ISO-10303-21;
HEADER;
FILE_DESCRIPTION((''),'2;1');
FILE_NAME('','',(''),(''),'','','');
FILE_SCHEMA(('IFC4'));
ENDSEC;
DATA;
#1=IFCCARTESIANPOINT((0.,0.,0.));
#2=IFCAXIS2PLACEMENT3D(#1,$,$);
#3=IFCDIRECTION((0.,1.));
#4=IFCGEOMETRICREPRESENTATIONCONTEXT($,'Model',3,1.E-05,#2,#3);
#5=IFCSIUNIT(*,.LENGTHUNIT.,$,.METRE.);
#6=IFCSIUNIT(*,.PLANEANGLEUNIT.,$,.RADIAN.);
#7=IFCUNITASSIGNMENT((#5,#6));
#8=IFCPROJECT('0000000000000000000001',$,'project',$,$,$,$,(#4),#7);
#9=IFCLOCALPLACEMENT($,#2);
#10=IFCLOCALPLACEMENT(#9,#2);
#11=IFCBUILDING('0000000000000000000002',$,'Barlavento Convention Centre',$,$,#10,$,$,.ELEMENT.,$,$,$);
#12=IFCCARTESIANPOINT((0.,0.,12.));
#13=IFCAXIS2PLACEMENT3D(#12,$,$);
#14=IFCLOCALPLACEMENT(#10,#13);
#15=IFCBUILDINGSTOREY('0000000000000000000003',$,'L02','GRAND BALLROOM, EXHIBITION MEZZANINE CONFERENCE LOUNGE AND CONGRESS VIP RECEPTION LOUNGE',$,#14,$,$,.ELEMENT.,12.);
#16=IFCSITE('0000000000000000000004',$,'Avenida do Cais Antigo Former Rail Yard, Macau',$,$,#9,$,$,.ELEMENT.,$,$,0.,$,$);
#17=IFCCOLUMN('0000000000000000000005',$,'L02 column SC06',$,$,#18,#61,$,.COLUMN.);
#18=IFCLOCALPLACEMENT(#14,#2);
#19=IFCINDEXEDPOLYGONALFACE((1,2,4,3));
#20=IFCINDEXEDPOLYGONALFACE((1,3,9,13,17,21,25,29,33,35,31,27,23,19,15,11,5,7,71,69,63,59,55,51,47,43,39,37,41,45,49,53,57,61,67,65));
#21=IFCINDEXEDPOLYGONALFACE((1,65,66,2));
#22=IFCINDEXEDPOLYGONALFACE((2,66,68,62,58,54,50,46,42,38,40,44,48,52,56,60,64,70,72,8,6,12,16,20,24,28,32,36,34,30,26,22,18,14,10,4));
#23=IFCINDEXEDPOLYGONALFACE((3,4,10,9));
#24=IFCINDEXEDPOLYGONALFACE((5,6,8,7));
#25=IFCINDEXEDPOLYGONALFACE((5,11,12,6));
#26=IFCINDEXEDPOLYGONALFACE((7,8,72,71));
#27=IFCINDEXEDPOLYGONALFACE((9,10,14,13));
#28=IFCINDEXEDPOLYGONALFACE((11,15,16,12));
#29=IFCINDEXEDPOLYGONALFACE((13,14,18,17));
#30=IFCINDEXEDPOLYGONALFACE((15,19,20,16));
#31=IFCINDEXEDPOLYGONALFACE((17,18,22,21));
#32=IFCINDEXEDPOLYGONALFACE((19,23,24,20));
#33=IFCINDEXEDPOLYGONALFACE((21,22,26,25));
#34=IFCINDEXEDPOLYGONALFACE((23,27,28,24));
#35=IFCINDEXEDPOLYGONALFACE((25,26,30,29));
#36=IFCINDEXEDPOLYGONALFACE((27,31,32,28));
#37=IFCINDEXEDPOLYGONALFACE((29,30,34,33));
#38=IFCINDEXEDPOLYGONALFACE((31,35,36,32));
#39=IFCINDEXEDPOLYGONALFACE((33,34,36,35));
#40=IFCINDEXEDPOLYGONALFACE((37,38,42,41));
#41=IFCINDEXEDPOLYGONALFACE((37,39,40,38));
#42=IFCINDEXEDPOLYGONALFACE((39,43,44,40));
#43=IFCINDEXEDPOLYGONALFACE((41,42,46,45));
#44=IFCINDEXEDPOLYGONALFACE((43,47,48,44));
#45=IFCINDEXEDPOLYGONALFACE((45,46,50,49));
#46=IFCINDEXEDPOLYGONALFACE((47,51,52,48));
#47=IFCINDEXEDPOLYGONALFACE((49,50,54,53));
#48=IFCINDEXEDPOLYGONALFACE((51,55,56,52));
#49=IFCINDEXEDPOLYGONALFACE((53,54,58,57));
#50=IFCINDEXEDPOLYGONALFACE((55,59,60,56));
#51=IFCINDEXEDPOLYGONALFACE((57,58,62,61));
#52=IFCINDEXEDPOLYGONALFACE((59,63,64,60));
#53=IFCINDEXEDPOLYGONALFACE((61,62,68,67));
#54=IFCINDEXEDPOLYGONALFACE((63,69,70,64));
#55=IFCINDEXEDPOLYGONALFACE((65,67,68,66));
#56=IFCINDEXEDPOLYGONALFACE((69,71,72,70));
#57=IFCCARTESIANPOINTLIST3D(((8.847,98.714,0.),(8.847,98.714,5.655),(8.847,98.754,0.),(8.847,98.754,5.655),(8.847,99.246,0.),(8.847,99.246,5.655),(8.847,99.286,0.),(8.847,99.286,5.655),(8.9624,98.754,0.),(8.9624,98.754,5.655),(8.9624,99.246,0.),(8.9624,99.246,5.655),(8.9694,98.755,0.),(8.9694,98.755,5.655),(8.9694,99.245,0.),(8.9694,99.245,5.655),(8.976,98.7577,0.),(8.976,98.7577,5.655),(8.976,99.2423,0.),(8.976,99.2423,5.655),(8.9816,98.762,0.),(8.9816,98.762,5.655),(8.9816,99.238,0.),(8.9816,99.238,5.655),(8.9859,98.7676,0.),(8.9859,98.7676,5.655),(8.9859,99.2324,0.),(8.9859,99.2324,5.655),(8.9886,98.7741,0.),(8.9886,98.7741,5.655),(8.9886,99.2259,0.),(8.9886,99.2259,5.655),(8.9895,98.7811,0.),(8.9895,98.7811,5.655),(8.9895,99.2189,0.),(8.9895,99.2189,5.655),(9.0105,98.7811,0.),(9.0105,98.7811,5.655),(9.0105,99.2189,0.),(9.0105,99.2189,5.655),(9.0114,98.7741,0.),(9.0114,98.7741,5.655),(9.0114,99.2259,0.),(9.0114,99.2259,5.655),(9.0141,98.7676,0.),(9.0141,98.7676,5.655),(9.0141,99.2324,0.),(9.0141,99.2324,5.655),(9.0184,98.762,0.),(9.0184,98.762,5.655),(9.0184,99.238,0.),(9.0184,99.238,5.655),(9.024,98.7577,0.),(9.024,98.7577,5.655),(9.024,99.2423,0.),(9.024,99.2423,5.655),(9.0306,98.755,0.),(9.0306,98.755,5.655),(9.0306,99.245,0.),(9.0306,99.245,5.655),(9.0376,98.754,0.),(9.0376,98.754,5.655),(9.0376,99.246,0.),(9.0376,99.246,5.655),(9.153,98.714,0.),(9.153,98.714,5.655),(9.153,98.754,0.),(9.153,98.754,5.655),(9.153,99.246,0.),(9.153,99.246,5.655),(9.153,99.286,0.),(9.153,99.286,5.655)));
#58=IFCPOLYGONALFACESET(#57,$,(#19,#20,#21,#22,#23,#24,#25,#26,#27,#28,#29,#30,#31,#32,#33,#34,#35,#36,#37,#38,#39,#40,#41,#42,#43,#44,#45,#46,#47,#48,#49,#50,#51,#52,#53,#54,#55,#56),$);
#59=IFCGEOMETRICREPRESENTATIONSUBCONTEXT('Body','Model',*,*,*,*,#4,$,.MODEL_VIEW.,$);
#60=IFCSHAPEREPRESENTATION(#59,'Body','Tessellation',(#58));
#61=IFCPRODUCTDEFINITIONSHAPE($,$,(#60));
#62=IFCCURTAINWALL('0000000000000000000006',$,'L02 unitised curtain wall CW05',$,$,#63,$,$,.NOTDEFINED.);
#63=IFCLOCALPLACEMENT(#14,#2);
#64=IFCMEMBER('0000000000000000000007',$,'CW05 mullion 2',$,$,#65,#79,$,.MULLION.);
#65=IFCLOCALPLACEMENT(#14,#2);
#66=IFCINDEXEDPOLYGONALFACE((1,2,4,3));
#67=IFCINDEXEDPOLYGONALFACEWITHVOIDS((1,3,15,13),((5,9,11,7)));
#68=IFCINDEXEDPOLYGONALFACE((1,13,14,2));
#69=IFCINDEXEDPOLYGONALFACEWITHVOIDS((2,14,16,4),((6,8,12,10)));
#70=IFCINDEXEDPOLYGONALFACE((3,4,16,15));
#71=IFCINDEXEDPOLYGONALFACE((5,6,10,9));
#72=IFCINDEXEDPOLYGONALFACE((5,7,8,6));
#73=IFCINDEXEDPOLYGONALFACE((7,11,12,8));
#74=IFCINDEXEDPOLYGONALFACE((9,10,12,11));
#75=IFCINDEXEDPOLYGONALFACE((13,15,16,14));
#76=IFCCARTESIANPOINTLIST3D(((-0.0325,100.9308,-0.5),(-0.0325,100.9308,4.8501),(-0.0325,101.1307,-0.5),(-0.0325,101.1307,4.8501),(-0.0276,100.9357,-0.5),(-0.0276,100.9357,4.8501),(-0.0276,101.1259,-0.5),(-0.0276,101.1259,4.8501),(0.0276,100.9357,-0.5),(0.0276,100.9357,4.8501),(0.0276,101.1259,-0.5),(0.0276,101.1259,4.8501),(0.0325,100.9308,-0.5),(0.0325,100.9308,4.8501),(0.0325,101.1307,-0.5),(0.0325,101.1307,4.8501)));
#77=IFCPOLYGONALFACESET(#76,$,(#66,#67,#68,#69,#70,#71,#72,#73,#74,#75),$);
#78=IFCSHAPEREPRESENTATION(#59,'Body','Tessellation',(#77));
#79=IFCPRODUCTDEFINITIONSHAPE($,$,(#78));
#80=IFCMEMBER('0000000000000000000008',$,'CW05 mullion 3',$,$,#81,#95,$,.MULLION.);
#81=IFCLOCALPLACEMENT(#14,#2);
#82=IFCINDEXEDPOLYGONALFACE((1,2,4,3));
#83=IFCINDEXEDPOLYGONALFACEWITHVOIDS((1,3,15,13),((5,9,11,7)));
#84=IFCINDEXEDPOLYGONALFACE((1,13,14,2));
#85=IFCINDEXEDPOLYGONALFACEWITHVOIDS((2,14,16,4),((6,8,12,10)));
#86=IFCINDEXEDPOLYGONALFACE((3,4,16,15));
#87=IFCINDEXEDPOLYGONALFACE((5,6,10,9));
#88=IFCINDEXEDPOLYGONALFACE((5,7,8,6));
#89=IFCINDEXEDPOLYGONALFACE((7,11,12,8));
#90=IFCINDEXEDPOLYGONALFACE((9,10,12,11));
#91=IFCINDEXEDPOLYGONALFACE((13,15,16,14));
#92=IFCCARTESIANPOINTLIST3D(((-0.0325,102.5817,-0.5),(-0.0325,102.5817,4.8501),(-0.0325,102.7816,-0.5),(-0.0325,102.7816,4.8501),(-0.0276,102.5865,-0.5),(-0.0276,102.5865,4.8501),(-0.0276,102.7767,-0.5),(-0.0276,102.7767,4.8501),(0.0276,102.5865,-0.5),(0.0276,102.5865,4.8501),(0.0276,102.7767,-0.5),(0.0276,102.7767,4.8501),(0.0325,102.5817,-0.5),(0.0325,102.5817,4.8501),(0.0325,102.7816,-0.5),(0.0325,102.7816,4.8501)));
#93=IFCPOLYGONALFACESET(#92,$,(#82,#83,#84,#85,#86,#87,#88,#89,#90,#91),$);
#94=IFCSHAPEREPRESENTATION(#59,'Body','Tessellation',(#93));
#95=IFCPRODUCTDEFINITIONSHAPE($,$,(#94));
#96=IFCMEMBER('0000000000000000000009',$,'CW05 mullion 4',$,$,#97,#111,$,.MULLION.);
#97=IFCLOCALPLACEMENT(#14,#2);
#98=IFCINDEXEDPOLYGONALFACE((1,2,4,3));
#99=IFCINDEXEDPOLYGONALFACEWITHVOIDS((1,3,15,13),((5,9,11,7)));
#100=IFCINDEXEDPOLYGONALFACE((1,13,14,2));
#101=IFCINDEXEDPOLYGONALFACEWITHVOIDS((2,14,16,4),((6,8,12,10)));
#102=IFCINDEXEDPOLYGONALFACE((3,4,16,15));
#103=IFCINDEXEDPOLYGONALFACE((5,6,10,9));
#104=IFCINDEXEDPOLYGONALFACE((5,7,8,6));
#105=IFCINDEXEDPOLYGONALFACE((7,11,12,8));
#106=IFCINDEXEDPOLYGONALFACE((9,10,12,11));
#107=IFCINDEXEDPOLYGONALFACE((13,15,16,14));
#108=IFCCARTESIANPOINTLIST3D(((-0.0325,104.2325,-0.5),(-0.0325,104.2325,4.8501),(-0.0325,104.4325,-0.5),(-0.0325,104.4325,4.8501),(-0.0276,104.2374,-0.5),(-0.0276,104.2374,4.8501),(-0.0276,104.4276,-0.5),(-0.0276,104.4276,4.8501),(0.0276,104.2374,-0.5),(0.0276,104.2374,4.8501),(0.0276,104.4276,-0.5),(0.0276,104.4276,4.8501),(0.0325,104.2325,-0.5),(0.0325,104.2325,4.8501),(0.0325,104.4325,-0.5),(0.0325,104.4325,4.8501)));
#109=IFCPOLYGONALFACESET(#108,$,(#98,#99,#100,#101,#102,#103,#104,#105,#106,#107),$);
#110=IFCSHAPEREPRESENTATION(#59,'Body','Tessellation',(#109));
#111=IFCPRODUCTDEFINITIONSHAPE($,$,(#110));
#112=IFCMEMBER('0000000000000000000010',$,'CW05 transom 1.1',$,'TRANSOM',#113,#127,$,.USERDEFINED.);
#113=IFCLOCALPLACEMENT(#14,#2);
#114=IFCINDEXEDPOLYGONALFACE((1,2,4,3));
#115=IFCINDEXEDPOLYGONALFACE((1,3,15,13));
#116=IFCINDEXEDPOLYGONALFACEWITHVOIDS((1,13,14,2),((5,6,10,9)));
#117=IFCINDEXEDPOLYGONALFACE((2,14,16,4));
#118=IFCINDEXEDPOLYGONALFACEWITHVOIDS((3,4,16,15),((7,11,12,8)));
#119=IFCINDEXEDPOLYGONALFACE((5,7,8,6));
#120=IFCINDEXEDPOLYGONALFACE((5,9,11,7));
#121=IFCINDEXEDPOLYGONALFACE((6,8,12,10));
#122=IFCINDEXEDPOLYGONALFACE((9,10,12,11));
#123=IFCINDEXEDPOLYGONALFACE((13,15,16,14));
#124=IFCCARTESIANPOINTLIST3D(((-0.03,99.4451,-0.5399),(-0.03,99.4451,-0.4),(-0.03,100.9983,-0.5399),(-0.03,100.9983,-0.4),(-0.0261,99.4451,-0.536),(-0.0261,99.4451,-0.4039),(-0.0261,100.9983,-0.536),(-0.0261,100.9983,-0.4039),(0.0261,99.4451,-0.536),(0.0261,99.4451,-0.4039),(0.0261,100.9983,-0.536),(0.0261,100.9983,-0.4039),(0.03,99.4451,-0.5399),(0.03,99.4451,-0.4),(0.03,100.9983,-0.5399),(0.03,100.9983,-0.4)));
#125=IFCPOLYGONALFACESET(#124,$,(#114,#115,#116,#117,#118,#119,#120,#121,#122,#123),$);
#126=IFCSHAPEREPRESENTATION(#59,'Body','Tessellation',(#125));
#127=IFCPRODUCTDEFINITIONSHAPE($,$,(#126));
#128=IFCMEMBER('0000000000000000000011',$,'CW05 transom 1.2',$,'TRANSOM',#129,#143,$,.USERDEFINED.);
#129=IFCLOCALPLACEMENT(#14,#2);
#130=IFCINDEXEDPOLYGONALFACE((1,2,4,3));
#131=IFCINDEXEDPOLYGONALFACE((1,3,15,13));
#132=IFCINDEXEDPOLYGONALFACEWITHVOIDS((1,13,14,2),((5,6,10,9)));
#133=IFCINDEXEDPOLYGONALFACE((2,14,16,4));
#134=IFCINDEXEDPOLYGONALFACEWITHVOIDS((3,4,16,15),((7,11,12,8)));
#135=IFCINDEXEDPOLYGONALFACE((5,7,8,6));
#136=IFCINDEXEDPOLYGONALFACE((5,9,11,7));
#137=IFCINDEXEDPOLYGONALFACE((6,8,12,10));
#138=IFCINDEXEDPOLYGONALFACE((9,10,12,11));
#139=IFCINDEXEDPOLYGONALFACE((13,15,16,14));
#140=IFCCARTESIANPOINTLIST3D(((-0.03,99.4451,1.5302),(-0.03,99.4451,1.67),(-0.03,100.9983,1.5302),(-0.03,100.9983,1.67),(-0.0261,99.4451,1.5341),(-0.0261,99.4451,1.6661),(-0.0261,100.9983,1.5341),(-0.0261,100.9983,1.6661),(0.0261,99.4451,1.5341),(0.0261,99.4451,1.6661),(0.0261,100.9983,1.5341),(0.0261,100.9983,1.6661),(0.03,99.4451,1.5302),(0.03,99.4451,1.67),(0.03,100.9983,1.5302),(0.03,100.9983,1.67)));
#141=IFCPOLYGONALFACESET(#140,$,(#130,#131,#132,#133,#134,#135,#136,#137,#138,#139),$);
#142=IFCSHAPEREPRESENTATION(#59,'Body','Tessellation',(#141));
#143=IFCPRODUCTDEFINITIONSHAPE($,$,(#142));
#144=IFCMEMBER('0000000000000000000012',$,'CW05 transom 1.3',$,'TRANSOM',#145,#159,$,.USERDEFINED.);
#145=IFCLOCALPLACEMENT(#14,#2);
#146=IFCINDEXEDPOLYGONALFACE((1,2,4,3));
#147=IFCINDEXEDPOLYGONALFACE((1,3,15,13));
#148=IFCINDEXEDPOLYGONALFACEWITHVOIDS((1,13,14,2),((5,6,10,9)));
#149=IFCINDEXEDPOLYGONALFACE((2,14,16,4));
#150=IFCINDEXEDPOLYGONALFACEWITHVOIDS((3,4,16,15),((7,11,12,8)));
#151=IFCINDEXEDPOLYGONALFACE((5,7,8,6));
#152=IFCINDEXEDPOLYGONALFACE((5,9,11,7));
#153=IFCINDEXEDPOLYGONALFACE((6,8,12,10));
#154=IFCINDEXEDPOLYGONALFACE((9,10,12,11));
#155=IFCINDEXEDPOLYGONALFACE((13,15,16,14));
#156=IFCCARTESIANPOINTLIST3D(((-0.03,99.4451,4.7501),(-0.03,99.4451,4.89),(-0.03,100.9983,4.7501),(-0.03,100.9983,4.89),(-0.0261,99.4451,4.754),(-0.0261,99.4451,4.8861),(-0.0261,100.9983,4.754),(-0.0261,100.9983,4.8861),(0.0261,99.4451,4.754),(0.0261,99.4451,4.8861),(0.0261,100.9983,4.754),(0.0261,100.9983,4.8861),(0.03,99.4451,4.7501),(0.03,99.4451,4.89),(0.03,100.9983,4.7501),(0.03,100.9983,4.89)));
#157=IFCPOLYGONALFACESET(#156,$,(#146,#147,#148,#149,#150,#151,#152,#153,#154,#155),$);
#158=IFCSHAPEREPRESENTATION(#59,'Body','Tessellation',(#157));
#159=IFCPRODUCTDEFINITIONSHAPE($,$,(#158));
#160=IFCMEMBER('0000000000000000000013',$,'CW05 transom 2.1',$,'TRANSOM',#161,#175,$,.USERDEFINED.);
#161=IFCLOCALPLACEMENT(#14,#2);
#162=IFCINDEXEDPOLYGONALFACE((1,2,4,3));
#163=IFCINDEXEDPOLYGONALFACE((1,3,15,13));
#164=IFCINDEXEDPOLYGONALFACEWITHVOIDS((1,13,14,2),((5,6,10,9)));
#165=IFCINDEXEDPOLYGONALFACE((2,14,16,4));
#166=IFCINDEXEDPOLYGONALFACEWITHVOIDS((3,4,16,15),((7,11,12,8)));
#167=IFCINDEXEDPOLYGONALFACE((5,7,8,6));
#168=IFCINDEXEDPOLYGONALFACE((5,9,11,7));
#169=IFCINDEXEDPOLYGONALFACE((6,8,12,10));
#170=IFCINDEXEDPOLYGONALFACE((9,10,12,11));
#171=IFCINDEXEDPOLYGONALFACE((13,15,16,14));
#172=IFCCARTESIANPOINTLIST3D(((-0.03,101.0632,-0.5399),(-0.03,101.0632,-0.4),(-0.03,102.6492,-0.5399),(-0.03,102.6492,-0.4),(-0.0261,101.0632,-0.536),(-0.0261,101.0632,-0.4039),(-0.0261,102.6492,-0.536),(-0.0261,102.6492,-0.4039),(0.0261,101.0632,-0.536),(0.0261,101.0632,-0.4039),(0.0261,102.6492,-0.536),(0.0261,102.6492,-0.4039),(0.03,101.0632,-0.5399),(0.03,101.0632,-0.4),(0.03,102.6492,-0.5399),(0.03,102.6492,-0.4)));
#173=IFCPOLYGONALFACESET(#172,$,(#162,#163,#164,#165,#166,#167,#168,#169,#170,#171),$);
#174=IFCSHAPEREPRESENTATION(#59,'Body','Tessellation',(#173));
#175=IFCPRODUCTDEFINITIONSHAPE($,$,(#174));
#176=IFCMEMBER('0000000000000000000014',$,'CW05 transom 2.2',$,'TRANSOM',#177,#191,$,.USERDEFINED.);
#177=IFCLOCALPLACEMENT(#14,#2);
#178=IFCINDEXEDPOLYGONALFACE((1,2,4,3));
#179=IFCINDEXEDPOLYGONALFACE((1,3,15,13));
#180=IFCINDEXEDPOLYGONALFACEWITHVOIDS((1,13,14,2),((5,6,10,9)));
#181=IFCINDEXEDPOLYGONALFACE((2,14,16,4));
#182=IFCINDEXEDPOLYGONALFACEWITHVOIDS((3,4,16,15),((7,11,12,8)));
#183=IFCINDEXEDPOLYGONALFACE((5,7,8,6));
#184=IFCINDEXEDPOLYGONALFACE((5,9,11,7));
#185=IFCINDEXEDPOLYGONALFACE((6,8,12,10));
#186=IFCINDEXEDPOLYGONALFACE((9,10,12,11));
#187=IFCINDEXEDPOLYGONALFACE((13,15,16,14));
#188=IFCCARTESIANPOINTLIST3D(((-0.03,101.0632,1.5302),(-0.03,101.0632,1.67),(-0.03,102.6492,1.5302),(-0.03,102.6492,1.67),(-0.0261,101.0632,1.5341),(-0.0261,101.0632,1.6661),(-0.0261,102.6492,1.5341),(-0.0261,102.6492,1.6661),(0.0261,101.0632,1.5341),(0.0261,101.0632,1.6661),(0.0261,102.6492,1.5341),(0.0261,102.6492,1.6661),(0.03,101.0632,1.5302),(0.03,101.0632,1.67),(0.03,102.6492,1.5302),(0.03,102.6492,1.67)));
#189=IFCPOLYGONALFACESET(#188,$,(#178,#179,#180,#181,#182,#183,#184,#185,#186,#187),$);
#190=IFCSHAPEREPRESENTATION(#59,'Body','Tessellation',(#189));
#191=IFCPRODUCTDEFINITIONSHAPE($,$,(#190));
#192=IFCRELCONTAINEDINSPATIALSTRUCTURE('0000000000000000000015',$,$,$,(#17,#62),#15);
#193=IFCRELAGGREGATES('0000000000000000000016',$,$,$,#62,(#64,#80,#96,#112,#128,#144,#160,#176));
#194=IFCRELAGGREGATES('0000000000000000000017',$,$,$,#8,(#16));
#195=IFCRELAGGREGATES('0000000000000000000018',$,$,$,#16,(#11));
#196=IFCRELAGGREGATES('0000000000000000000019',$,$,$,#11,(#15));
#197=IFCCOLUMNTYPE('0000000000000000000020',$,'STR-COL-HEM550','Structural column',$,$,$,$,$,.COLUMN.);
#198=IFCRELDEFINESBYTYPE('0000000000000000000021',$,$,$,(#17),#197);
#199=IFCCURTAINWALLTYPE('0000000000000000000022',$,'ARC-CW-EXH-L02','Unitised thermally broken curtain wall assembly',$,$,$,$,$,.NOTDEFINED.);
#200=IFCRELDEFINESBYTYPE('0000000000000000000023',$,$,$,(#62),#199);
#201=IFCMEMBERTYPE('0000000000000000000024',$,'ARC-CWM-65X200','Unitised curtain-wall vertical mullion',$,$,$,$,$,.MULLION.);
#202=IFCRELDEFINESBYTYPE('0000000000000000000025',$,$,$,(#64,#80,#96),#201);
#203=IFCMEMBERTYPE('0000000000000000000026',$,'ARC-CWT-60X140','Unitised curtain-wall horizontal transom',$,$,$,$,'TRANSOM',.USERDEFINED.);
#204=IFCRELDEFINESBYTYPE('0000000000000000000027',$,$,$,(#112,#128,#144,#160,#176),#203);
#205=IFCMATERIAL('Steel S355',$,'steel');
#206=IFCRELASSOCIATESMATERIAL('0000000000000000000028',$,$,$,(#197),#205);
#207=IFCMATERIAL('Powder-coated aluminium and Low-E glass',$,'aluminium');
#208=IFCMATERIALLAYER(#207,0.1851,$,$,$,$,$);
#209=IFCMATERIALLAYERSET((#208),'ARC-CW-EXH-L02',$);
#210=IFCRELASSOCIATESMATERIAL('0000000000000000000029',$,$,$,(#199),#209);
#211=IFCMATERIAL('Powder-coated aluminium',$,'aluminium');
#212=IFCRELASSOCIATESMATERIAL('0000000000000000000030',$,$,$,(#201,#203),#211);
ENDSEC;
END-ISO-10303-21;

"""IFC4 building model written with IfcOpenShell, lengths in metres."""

from ifc_helpers import new_model, si_unit, direction, frame, origin, origin_2d, place, context, subcontext, project, spatial, hollow_rectangle, i_section, extrude, material, layer, layer_set, material_profile, profile_set, type_object, element, aggregate, save


model = new_model("IFC4")

# Units and contexts
model_context = context("Model", 3, precision=1e-05, world=origin(), true_north=direction((0.0, 1.0)))
body_context = subcontext(model_context, "Body", "Model", "MODEL_VIEW")
ifc_project = project(units=[si_unit("LENGTHUNIT", "METRE"), si_unit("PLANEANGLEUNIT", "RADIAN")], contexts=[model_context])

# Site, building, storey
site_placement = place(None, origin())
site = spatial("IfcSite", under=ifc_project, at=site_placement, Name="Avenida do Cais Antigo Former Rail Yard, Macau", CompositionType="ELEMENT", RefElevation=0.0)
building_placement = place(site_placement, origin())
building = spatial("IfcBuilding", under=site, at=building_placement, Name="Barlavento Convention Centre", CompositionType="ELEMENT")
storey_placement = place(building_placement, frame((0.0, 0.0, 12.0)))
storey = spatial("IfcBuildingStorey", under=building, at=storey_placement, Name="L02", Description="GRAND BALLROOM, EXHIBITION MEZZANINE CONFERENCE LOUNGE AND CONGRESS VIP RECEPTION LOUNGE", CompositionType="ELEMENT", Elevation=12.0)

# Column
ifc_material_1 = material(Name="Steel S355", Category="steel")
ifc_material_profile_1 = material_profile(ifc_material_1, i_section(OverallWidth=0.3059, OverallDepth=0.572, WebThickness=0.021, FlangeThickness=0.04, FilletRadius=0.0271, at=origin_2d()), Name="HEM 550")
ifc_profile_set_1 = profile_set([ifc_material_profile_1], Name="Steel S355")
column_type = type_object("IfcColumnType", Name="STR-COL-HEM550", Description="Structural column", PredefinedType="COLUMN", material=ifc_profile_set_1)
column_placement = place(storey_placement, frame((9.0, 99.0, 0.0), z_axis=(0.0, 0.0, 1.0), x_axis=(1.0, 0.0, 0.0)))
element("IfcColumn", 1, at=column_placement, inside=storey, type_object=column_type, Name="L02 column SC06", PredefinedType="COLUMN", context=body_context, shape_type="SweptSolid", body=[
    extrude(i_section(OverallWidth=0.3059, OverallDepth=0.572, WebThickness=0.021, FlangeThickness=0.04, FilletRadius=0.0271, at=origin_2d()), origin(), (0.0, 0.0, 1.0), 5.655),
])

# Curtain wall, members
ifc_material_2 = material(Name="Powder-coated aluminium and Low-E glass", Category="aluminium")
ifc_layer_1 = layer(ifc_material_2, 0.1851)
ifc_layer_set_1 = layer_set([ifc_layer_1], Name="ARC-CW-EXH-L02")
curtain_wall_type = type_object("IfcCurtainWallType", Name="ARC-CW-EXH-L02", Description="Unitised thermally broken curtain wall assembly", PredefinedType="NOTDEFINED", material=ifc_layer_set_1)
curtain_wall_placement = place(storey_placement, origin())
curtain_wall = element("IfcCurtainWall", 2, at=curtain_wall_placement, inside=storey, type_object=curtain_wall_type, Name="L02 unitised curtain wall CW05", PredefinedType="NOTDEFINED")
ifc_material_3 = material(Name="Powder-coated aluminium", Category="aluminium")
ifc_material_profile_2 = material_profile(ifc_material_3, hollow_rectangle(XDim=0.0649, YDim=0.2, WallThickness=0.0049, at=origin_2d()), Name="AL-MULL 65x200x5")
ifc_profile_set_2 = profile_set([ifc_material_profile_2], Name="Powder-coated aluminium")
member_type_1 = type_object("IfcMemberType", Name="ARC-CWM-65X200", Description="Unitised curtain-wall vertical mullion", PredefinedType="MULLION", material=ifc_profile_set_2)
member_1_placement = place(storey_placement, frame((0.0, 101.0308, -0.5), z_axis=(0.0, 0.0, 1.0), x_axis=(-1.0, 0.0, 0.0)))
member_1 = element("IfcMember", 3, at=member_1_placement, type_object=member_type_1, Name="CW05 mullion 2", PredefinedType="MULLION", context=body_context, shape_type="SweptSolid", body=[
    extrude(hollow_rectangle(XDim=0.0649, YDim=0.2, WallThickness=0.0049, at=origin_2d()), origin(), (0.0, 0.0, 1.0), 5.3501),
])
member_2_placement = place(storey_placement, frame((0.0, 102.6816, -0.5), z_axis=(0.0, 0.0, 1.0), x_axis=(-1.0, 0.0, 0.0)))
member_2 = element("IfcMember", 4, at=member_2_placement, type_object=member_type_1, Name="CW05 mullion 3", PredefinedType="MULLION", context=body_context, shape_type="SweptSolid", body=[
    extrude(hollow_rectangle(XDim=0.0649, YDim=0.2, WallThickness=0.0049, at=origin_2d()), origin(), (0.0, 0.0, 1.0), 5.3501),
])
member_3_placement = place(storey_placement, frame((0.0, 104.3325, -0.5), z_axis=(0.0, 0.0, 1.0), x_axis=(-1.0, 0.0, 0.0)))
member_3 = element("IfcMember", 5, at=member_3_placement, type_object=member_type_1, Name="CW05 mullion 4", PredefinedType="MULLION", context=body_context, shape_type="SweptSolid", body=[
    extrude(hollow_rectangle(XDim=0.0649, YDim=0.2, WallThickness=0.0049, at=origin_2d()), origin(), (0.0, 0.0, 1.0), 5.3501),
])
ifc_material_profile_3 = material_profile(ifc_material_3, hollow_rectangle(XDim=0.0601, YDim=0.1399, WallThickness=0.0039, at=origin_2d()), Name="AL-TRAN 60x140x4")
ifc_profile_set_3 = profile_set([ifc_material_profile_3], Name="Powder-coated aluminium")
member_type_2 = type_object("IfcMemberType", Name="ARC-CWT-60X140", Description="Unitised curtain-wall horizontal transom", ElementType="TRANSOM", PredefinedType="USERDEFINED", material=ifc_profile_set_3)
member_4_placement = place(storey_placement, frame((0.0, 99.4451, -0.47), z_axis=(0.0, 1.0, 0.0), x_axis=(-1.0, 0.0, 0.0)))
member_4 = element("IfcMember", 6, at=member_4_placement, type_object=member_type_2, Name="CW05 transom 1.1", ObjectType="TRANSOM", PredefinedType="USERDEFINED", context=body_context, shape_type="SweptSolid", body=[
    extrude(hollow_rectangle(XDim=0.0601, YDim=0.1399, WallThickness=0.0039, at=origin_2d()), origin(), (0.0, 0.0, 1.0), 1.5532),
])
member_5_placement = place(storey_placement, frame((0.0, 99.4451, 1.6001), z_axis=(0.0, 1.0, 0.0), x_axis=(-1.0, 0.0, 0.0)))
member_5 = element("IfcMember", 7, at=member_5_placement, type_object=member_type_2, Name="CW05 transom 1.2", ObjectType="TRANSOM", PredefinedType="USERDEFINED", context=body_context, shape_type="SweptSolid", body=[
    extrude(hollow_rectangle(XDim=0.0601, YDim=0.1399, WallThickness=0.0039, at=origin_2d()), origin(), (0.0, 0.0, 1.0), 1.5532),
])
member_6_placement = place(storey_placement, frame((0.0, 99.4451, 4.8201), z_axis=(0.0, 1.0, 0.0), x_axis=(-1.0, 0.0, 0.0)))
member_6 = element("IfcMember", 8, at=member_6_placement, type_object=member_type_2, Name="CW05 transom 1.3", ObjectType="TRANSOM", PredefinedType="USERDEFINED", context=body_context, shape_type="SweptSolid", body=[
    extrude(hollow_rectangle(XDim=0.0601, YDim=0.1399, WallThickness=0.0039, at=origin_2d()), origin(), (0.0, 0.0, 1.0), 1.5532),
])
member_7_placement = place(storey_placement, frame((0.0, 101.0632, -0.47), z_axis=(0.0, 1.0, 0.0), x_axis=(-1.0, 0.0, 0.0)))
member_7 = element("IfcMember", 9, at=member_7_placement, type_object=member_type_2, Name="CW05 transom 2.1", ObjectType="TRANSOM", PredefinedType="USERDEFINED", context=body_context, shape_type="SweptSolid", body=[
    extrude(hollow_rectangle(XDim=0.0601, YDim=0.1399, WallThickness=0.0039, at=origin_2d()), origin(), (0.0, 0.0, 1.0), 1.5859),
])
member_8_placement = place(storey_placement, frame((0.0, 101.0632, 1.6001), z_axis=(0.0, 1.0, 0.0), x_axis=(-1.0, 0.0, 0.0)))
member_8 = element("IfcMember", 10, at=member_8_placement, type_object=member_type_2, Name="CW05 transom 2.2", ObjectType="TRANSOM", PredefinedType="USERDEFINED", context=body_context, shape_type="SweptSolid", body=[
    extrude(hollow_rectangle(XDim=0.0601, YDim=0.1399, WallThickness=0.0039, at=origin_2d()), origin(), (0.0, 0.0, 1.0), 1.5859),
])

aggregate(curtain_wall, [member_1, member_2, member_3, member_4, member_5, member_6, member_7, member_8])

save(model, "model.ifc")
